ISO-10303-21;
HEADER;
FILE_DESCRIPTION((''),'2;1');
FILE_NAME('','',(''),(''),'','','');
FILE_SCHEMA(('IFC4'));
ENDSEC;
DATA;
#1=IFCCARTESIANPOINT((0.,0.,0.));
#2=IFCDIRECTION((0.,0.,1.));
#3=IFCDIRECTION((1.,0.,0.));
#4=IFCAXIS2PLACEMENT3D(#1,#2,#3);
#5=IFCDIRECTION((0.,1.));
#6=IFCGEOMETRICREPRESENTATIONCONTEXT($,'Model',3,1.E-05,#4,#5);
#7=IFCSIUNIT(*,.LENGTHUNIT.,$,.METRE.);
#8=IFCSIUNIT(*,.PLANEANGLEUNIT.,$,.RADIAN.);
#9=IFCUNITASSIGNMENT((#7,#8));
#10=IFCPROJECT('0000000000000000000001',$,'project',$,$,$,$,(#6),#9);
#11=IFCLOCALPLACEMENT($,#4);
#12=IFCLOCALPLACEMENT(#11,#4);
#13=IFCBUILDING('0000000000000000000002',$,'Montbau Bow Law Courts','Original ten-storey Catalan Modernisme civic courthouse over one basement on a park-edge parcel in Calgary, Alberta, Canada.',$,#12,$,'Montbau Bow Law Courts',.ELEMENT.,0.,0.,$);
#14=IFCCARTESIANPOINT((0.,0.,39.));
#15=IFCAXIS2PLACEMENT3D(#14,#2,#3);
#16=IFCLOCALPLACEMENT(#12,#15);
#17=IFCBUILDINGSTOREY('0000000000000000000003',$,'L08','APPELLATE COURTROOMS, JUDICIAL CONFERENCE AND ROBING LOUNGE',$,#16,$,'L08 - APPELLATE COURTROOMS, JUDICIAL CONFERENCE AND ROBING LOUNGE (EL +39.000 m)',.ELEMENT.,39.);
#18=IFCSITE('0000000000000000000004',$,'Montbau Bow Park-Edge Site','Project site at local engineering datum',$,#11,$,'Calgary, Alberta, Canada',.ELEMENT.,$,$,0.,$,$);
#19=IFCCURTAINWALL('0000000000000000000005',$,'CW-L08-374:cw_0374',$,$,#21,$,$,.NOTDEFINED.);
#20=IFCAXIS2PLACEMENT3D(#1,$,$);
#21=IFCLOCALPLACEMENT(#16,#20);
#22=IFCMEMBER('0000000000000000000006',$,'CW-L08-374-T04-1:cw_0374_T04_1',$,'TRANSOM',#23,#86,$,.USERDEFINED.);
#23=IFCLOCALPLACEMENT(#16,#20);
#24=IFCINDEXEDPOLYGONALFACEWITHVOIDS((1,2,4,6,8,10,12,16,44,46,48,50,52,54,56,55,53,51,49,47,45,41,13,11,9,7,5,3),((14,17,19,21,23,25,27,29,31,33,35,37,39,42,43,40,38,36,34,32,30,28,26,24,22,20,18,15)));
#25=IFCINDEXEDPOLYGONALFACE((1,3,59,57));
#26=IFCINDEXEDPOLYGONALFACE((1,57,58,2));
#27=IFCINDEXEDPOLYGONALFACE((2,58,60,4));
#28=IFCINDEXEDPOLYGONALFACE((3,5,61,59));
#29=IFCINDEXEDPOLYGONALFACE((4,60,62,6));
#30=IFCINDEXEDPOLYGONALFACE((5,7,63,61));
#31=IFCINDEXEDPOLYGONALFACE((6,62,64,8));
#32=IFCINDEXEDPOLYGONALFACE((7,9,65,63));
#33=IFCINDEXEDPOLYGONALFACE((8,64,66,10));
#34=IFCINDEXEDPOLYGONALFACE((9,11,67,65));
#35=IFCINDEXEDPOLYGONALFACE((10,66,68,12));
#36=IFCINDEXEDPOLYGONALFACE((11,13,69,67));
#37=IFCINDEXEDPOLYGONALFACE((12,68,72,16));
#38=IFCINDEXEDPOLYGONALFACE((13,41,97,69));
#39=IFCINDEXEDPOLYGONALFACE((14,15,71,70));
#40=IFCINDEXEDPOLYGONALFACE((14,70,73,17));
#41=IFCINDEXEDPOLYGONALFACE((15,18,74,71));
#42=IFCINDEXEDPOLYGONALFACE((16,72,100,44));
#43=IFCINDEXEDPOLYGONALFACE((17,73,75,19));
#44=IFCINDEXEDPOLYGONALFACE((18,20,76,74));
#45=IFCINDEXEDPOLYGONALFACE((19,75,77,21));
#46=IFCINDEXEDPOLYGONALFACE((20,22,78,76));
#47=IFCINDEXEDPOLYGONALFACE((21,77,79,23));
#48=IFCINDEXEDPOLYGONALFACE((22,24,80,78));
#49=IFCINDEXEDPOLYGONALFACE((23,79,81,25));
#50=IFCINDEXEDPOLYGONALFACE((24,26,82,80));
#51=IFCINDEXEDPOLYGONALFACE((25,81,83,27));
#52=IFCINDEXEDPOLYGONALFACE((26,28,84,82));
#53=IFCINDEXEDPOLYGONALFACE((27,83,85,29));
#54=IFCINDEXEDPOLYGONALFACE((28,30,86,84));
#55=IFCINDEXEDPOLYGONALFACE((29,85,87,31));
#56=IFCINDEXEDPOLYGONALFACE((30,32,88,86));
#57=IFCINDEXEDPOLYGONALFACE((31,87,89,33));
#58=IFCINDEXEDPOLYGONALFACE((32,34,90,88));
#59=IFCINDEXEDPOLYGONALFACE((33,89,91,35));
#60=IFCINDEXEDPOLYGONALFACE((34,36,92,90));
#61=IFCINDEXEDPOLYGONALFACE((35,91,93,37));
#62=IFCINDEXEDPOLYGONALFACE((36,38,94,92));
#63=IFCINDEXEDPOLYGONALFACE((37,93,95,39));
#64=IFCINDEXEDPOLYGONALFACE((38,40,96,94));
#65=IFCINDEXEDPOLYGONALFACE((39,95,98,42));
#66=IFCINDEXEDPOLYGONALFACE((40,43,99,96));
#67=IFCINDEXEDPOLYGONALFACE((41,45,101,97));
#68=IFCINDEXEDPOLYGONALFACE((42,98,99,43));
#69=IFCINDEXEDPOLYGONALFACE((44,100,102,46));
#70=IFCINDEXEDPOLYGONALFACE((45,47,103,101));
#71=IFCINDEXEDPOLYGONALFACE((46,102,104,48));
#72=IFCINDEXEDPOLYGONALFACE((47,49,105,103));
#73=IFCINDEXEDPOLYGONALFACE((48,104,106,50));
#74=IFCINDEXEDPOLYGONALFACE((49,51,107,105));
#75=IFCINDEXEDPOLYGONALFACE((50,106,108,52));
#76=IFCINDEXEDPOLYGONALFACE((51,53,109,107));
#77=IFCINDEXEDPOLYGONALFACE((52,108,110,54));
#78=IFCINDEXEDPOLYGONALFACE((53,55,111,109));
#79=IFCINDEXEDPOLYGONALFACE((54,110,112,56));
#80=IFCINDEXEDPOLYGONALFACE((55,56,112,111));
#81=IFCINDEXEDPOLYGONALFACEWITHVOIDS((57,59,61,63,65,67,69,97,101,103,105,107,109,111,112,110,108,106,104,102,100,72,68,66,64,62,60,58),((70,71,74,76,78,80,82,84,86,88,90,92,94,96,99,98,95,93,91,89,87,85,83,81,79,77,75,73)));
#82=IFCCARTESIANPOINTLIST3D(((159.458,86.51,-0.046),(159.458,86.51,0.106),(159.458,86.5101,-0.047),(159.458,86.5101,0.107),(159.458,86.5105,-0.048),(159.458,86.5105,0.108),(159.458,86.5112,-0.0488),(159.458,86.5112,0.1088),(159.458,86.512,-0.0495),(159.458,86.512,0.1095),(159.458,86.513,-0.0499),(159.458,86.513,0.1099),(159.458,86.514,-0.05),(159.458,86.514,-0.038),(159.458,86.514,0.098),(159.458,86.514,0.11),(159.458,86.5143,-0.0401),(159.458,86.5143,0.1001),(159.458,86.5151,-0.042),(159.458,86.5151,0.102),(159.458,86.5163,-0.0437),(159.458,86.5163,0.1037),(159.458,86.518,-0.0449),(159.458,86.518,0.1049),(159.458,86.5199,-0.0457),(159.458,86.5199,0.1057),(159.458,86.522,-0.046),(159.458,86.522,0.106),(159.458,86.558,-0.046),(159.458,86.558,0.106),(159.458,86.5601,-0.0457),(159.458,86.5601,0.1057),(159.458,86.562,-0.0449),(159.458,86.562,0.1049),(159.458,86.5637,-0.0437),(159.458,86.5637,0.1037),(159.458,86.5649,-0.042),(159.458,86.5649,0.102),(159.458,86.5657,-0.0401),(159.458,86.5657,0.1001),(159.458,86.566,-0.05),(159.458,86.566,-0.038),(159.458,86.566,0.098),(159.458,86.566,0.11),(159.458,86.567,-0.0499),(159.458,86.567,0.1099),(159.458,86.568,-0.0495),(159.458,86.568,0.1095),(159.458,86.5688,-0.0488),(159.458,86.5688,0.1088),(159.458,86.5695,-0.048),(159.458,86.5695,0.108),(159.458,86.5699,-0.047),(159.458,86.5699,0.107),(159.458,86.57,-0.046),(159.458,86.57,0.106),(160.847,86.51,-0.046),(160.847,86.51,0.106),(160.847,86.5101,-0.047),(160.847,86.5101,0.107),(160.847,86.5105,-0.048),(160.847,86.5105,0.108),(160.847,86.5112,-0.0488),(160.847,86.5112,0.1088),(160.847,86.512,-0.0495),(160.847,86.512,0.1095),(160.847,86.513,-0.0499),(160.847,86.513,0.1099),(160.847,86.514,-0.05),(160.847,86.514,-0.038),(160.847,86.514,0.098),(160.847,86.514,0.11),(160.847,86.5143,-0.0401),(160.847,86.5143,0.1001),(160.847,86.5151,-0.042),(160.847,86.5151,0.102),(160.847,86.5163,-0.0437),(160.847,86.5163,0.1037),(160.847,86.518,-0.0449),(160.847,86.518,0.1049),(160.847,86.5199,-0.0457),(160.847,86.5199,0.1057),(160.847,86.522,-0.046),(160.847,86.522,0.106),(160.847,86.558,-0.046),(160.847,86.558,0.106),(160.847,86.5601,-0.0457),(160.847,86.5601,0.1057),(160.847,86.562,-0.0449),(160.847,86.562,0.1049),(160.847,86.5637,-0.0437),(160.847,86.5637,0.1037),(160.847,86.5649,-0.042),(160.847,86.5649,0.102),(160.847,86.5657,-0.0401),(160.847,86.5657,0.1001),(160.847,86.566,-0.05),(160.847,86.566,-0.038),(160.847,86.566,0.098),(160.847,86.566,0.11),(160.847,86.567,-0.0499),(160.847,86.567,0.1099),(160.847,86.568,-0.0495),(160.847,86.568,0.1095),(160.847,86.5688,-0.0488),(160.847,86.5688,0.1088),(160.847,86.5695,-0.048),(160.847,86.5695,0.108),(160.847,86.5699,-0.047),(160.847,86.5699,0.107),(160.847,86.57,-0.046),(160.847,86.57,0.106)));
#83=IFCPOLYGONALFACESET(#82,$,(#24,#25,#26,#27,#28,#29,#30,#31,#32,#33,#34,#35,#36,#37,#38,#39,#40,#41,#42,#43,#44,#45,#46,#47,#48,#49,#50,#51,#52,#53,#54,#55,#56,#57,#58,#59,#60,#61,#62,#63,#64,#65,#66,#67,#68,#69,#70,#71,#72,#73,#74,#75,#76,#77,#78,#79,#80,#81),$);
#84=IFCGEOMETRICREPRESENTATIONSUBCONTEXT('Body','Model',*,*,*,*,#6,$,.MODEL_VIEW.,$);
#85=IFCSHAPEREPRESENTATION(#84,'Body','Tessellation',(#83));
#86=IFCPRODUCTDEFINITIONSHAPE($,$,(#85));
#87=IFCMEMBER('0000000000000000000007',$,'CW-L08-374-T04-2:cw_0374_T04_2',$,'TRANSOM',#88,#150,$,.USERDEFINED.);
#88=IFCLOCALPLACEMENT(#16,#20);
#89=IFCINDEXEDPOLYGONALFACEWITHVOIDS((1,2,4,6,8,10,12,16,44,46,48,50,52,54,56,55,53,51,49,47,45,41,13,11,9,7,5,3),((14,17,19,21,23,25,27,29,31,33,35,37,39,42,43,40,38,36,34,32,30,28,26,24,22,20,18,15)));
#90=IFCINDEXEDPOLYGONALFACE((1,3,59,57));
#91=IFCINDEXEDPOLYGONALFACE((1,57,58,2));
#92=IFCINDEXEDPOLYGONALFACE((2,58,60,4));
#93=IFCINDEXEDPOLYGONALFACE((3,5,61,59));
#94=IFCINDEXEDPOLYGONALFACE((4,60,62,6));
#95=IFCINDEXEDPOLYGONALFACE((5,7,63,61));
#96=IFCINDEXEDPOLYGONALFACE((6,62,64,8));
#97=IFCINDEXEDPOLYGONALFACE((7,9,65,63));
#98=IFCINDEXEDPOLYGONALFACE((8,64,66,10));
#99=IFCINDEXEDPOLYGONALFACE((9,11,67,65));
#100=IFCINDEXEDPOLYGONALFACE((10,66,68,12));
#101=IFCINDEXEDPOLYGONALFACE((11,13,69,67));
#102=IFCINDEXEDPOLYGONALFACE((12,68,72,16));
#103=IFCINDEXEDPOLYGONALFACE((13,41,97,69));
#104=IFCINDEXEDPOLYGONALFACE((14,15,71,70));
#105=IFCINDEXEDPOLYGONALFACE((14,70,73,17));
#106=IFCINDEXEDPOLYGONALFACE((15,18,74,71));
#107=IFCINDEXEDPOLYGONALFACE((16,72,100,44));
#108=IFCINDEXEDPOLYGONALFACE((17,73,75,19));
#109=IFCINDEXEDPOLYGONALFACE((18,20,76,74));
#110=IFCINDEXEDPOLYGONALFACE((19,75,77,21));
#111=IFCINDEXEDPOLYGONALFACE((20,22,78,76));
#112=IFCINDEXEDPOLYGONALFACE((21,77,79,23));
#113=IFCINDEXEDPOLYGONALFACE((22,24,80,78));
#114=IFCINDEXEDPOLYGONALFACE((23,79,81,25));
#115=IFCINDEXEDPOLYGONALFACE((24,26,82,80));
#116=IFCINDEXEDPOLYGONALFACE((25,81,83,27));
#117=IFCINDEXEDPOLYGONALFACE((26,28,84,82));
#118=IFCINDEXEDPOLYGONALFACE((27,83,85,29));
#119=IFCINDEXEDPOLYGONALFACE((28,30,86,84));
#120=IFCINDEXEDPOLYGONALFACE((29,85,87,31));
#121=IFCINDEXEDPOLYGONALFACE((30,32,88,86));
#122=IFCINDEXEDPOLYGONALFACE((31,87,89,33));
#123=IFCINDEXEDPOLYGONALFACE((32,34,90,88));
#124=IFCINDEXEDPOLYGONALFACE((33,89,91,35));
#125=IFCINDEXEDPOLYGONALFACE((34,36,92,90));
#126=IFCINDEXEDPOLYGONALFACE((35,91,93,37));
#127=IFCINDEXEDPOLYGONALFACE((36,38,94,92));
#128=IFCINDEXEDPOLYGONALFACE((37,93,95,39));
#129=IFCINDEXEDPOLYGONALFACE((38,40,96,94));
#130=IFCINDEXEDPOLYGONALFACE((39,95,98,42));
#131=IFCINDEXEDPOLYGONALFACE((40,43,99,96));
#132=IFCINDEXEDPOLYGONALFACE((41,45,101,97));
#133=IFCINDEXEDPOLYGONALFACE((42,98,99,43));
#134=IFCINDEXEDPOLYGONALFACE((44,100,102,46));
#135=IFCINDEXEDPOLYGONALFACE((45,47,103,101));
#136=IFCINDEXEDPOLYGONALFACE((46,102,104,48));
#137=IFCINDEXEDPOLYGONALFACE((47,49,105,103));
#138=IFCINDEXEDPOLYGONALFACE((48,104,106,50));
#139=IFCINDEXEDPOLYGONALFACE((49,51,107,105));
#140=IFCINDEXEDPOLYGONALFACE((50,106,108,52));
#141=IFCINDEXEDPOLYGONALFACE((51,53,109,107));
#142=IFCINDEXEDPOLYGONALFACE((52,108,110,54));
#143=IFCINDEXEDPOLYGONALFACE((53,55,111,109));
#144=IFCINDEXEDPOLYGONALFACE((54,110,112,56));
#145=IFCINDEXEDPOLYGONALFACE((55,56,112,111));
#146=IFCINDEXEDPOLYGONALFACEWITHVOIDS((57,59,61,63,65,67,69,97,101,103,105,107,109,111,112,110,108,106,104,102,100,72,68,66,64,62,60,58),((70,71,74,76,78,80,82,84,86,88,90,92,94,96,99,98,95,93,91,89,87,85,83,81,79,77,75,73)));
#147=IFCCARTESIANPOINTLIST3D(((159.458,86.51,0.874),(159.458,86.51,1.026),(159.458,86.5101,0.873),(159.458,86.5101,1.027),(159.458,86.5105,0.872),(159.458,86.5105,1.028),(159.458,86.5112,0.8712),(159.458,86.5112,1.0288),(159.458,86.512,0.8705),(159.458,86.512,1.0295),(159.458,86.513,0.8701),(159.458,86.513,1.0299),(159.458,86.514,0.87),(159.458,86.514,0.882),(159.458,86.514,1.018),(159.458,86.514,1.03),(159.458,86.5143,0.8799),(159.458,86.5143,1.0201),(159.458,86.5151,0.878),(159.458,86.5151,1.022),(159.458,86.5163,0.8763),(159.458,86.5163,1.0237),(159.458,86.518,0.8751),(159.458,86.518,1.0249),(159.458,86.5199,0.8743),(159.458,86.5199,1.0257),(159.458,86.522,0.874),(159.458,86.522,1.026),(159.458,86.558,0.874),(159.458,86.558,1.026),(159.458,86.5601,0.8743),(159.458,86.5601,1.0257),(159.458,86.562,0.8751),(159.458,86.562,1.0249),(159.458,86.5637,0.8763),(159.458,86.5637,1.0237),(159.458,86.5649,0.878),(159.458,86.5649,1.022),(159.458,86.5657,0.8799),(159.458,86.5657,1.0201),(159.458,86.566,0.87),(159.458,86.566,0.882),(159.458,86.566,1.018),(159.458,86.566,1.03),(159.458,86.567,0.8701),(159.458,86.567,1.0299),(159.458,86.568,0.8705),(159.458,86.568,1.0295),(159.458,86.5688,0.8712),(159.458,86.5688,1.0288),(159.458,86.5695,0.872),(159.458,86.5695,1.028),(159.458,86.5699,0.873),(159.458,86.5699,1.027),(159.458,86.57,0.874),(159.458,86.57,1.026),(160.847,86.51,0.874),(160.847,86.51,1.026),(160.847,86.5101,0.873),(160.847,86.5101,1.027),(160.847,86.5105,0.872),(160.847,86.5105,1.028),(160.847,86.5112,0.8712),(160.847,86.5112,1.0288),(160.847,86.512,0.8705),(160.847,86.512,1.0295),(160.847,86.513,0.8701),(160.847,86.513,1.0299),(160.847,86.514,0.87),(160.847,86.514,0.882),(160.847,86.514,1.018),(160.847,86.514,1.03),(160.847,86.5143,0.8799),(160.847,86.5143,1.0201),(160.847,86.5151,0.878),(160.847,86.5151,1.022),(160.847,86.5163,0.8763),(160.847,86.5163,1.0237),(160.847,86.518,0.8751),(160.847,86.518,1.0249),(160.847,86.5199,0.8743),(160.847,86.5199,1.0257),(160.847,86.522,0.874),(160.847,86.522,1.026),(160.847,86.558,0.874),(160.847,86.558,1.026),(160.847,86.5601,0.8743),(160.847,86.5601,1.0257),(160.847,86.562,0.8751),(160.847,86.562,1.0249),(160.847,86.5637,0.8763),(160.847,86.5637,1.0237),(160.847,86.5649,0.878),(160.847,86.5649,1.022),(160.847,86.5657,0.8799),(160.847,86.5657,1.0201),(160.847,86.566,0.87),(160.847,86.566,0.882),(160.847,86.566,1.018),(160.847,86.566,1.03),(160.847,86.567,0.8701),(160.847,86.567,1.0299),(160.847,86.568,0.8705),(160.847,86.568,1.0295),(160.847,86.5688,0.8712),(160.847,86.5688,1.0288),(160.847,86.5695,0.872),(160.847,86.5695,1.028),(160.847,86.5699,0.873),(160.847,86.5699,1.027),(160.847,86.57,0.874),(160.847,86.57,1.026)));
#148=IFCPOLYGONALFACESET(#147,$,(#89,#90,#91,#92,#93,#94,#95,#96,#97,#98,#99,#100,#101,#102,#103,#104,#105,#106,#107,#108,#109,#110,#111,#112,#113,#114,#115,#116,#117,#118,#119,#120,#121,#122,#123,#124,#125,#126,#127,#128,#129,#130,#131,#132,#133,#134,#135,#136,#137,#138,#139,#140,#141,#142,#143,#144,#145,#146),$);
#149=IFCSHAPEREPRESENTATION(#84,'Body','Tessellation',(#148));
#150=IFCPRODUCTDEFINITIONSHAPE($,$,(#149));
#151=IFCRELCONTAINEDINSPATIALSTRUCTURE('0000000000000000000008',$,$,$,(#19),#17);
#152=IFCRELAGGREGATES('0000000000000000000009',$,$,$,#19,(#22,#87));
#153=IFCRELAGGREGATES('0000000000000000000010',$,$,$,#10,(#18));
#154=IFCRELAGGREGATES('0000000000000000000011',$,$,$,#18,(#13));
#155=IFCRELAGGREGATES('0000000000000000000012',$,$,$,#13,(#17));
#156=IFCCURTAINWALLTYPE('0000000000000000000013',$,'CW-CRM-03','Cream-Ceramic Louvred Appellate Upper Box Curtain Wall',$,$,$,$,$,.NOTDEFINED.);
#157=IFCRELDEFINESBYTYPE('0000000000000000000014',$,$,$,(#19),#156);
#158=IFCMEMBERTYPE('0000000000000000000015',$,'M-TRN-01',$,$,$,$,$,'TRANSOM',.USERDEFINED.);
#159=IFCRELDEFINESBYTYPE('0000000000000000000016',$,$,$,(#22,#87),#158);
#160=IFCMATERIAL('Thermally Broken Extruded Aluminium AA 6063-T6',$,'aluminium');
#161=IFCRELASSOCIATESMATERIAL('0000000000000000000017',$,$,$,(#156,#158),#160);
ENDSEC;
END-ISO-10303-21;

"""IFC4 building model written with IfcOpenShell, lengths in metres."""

from ifc_helpers import new_model, si_unit, direction, frame, origin_with_axes, origin_2d_with_axis, place, context, subcontext, project, spatial, hollow_rectangle, extrude, material, material_profile, profile_set, type_object, element, aggregate, save


model = new_model("IFC4")

# Units and contexts
model_context = context("Model", 3, precision=1e-05, world=origin_with_axes(), true_north=direction((0.0, 1.0)))
body_context = subcontext(model_context, "Body", "Model", "MODEL_VIEW")
ifc_project = project(units=[si_unit("LENGTHUNIT", "METRE"), si_unit("PLANEANGLEUNIT", "RADIAN")], contexts=[model_context])

# Site, building, storey
site_placement = place(None, origin_with_axes())
site = spatial("IfcSite", under=ifc_project, at=site_placement, Name="Montbau Bow Park-Edge Site", Description="Project site at local engineering datum", LongName="Calgary, Alberta, Canada", CompositionType="ELEMENT", RefElevation=0.0)
building_placement = place(site_placement, origin_with_axes())
building = spatial("IfcBuilding", under=site, at=building_placement, Name="Montbau Bow Law Courts", Description="Original ten-storey Catalan Modernisme civic courthouse over one basement on a park-edge parcel in Calgary, Alberta, Canada.", LongName="Montbau Bow Law Courts", CompositionType="ELEMENT", ElevationOfRefHeight=0.0, ElevationOfTerrain=0.0)
storey_placement = place(building_placement, frame((0.0, 0.0, 39.0), z_axis=(0.0, 0.0, 1.0), x_axis=(1.0, 0.0, 0.0)))
storey = spatial("IfcBuildingStorey", under=building, at=storey_placement, Name="L08", Description="APPELLATE COURTROOMS, JUDICIAL CONFERENCE AND ROBING LOUNGE", LongName="L08 - APPELLATE COURTROOMS, JUDICIAL CONFERENCE AND ROBING LOUNGE (EL +39.000 m)", CompositionType="ELEMENT", Elevation=39.0)

# Curtain wall, members
ifc_material_1 = material(Name="Thermally Broken Extruded Aluminium AA 6063-T6", Category="aluminium")
curtain_wall_type = type_object("IfcCurtainWallType", Name="CW-CRM-03", Description="Cream-Ceramic Louvred Appellate Upper Box Curtain Wall", PredefinedType="NOTDEFINED", material=ifc_material_1)
curtain_wall_placement = place(None, frame((155.068, 86.54, 39.0), z_axis=(0.0, 0.0, 1.0), x_axis=(1.0, 0.0, 0.0)))
curtain_wall = element("IfcCurtainWall", 1, at=curtain_wall_placement, inside=storey, type_object=curtain_wall_type, Name="CW-L08-374:cw_0374", PredefinedType="NOTDEFINED")
ifc_material_profile_1 = material_profile(ifc_material_1, hollow_rectangle(XDim=0.06, YDim=0.16, WallThickness=0.004, InnerFilletRadius=0.008, OuterFilletRadius=0.004, at=origin_2d_with_axis()), Name="CWT-160X60", Category="Main", Priority=0)
ifc_profile_set_1 = profile_set([ifc_material_profile_1], Name="Thermally Broken Extruded Aluminium AA 6063-T6")
member_type_1 = type_object("IfcMemberType", Name="M-TRN-01", ElementType="TRANSOM", PredefinedType="USERDEFINED", material=ifc_profile_set_1)
member_1_placement = place(None, frame((159.458, 86.54, 39.03), z_axis=(1.0, 0.0, 0.0), x_axis=(0.0, 1.0, 0.0)))
member_1 = element("IfcMember", 2, at=member_1_placement, type_object=member_type_1, Name="CW-L08-374-T04-1:cw_0374_T04_1", ObjectType="TRANSOM", PredefinedType="USERDEFINED", context=body_context, shape_type="SweptSolid", body=[
    extrude(hollow_rectangle(XDim=0.06, YDim=0.16, WallThickness=0.004, InnerFilletRadius=0.008, OuterFilletRadius=0.004, at=origin_2d_with_axis()), origin_with_axes(), (0.0, 0.0, 1.0), 1.389),
])
member_2_placement = place(None, frame((159.458, 86.54, 39.95), z_axis=(1.0, 0.0, 0.0), x_axis=(0.0, 1.0, 0.0)))
member_2 = element("IfcMember", 3, at=member_2_placement, type_object=member_type_1, Name="CW-L08-374-T04-2:cw_0374_T04_2", ObjectType="TRANSOM", PredefinedType="USERDEFINED", context=body_context, shape_type="SweptSolid", body=[
    extrude(hollow_rectangle(XDim=0.06, YDim=0.16, WallThickness=0.004, InnerFilletRadius=0.008, OuterFilletRadius=0.004, at=origin_2d_with_axis()), origin_with_axes(), (0.0, 0.0, 1.0), 1.389),
])
aggregate(curtain_wall, [member_1, member_2])

save(model, "model.ifc")
